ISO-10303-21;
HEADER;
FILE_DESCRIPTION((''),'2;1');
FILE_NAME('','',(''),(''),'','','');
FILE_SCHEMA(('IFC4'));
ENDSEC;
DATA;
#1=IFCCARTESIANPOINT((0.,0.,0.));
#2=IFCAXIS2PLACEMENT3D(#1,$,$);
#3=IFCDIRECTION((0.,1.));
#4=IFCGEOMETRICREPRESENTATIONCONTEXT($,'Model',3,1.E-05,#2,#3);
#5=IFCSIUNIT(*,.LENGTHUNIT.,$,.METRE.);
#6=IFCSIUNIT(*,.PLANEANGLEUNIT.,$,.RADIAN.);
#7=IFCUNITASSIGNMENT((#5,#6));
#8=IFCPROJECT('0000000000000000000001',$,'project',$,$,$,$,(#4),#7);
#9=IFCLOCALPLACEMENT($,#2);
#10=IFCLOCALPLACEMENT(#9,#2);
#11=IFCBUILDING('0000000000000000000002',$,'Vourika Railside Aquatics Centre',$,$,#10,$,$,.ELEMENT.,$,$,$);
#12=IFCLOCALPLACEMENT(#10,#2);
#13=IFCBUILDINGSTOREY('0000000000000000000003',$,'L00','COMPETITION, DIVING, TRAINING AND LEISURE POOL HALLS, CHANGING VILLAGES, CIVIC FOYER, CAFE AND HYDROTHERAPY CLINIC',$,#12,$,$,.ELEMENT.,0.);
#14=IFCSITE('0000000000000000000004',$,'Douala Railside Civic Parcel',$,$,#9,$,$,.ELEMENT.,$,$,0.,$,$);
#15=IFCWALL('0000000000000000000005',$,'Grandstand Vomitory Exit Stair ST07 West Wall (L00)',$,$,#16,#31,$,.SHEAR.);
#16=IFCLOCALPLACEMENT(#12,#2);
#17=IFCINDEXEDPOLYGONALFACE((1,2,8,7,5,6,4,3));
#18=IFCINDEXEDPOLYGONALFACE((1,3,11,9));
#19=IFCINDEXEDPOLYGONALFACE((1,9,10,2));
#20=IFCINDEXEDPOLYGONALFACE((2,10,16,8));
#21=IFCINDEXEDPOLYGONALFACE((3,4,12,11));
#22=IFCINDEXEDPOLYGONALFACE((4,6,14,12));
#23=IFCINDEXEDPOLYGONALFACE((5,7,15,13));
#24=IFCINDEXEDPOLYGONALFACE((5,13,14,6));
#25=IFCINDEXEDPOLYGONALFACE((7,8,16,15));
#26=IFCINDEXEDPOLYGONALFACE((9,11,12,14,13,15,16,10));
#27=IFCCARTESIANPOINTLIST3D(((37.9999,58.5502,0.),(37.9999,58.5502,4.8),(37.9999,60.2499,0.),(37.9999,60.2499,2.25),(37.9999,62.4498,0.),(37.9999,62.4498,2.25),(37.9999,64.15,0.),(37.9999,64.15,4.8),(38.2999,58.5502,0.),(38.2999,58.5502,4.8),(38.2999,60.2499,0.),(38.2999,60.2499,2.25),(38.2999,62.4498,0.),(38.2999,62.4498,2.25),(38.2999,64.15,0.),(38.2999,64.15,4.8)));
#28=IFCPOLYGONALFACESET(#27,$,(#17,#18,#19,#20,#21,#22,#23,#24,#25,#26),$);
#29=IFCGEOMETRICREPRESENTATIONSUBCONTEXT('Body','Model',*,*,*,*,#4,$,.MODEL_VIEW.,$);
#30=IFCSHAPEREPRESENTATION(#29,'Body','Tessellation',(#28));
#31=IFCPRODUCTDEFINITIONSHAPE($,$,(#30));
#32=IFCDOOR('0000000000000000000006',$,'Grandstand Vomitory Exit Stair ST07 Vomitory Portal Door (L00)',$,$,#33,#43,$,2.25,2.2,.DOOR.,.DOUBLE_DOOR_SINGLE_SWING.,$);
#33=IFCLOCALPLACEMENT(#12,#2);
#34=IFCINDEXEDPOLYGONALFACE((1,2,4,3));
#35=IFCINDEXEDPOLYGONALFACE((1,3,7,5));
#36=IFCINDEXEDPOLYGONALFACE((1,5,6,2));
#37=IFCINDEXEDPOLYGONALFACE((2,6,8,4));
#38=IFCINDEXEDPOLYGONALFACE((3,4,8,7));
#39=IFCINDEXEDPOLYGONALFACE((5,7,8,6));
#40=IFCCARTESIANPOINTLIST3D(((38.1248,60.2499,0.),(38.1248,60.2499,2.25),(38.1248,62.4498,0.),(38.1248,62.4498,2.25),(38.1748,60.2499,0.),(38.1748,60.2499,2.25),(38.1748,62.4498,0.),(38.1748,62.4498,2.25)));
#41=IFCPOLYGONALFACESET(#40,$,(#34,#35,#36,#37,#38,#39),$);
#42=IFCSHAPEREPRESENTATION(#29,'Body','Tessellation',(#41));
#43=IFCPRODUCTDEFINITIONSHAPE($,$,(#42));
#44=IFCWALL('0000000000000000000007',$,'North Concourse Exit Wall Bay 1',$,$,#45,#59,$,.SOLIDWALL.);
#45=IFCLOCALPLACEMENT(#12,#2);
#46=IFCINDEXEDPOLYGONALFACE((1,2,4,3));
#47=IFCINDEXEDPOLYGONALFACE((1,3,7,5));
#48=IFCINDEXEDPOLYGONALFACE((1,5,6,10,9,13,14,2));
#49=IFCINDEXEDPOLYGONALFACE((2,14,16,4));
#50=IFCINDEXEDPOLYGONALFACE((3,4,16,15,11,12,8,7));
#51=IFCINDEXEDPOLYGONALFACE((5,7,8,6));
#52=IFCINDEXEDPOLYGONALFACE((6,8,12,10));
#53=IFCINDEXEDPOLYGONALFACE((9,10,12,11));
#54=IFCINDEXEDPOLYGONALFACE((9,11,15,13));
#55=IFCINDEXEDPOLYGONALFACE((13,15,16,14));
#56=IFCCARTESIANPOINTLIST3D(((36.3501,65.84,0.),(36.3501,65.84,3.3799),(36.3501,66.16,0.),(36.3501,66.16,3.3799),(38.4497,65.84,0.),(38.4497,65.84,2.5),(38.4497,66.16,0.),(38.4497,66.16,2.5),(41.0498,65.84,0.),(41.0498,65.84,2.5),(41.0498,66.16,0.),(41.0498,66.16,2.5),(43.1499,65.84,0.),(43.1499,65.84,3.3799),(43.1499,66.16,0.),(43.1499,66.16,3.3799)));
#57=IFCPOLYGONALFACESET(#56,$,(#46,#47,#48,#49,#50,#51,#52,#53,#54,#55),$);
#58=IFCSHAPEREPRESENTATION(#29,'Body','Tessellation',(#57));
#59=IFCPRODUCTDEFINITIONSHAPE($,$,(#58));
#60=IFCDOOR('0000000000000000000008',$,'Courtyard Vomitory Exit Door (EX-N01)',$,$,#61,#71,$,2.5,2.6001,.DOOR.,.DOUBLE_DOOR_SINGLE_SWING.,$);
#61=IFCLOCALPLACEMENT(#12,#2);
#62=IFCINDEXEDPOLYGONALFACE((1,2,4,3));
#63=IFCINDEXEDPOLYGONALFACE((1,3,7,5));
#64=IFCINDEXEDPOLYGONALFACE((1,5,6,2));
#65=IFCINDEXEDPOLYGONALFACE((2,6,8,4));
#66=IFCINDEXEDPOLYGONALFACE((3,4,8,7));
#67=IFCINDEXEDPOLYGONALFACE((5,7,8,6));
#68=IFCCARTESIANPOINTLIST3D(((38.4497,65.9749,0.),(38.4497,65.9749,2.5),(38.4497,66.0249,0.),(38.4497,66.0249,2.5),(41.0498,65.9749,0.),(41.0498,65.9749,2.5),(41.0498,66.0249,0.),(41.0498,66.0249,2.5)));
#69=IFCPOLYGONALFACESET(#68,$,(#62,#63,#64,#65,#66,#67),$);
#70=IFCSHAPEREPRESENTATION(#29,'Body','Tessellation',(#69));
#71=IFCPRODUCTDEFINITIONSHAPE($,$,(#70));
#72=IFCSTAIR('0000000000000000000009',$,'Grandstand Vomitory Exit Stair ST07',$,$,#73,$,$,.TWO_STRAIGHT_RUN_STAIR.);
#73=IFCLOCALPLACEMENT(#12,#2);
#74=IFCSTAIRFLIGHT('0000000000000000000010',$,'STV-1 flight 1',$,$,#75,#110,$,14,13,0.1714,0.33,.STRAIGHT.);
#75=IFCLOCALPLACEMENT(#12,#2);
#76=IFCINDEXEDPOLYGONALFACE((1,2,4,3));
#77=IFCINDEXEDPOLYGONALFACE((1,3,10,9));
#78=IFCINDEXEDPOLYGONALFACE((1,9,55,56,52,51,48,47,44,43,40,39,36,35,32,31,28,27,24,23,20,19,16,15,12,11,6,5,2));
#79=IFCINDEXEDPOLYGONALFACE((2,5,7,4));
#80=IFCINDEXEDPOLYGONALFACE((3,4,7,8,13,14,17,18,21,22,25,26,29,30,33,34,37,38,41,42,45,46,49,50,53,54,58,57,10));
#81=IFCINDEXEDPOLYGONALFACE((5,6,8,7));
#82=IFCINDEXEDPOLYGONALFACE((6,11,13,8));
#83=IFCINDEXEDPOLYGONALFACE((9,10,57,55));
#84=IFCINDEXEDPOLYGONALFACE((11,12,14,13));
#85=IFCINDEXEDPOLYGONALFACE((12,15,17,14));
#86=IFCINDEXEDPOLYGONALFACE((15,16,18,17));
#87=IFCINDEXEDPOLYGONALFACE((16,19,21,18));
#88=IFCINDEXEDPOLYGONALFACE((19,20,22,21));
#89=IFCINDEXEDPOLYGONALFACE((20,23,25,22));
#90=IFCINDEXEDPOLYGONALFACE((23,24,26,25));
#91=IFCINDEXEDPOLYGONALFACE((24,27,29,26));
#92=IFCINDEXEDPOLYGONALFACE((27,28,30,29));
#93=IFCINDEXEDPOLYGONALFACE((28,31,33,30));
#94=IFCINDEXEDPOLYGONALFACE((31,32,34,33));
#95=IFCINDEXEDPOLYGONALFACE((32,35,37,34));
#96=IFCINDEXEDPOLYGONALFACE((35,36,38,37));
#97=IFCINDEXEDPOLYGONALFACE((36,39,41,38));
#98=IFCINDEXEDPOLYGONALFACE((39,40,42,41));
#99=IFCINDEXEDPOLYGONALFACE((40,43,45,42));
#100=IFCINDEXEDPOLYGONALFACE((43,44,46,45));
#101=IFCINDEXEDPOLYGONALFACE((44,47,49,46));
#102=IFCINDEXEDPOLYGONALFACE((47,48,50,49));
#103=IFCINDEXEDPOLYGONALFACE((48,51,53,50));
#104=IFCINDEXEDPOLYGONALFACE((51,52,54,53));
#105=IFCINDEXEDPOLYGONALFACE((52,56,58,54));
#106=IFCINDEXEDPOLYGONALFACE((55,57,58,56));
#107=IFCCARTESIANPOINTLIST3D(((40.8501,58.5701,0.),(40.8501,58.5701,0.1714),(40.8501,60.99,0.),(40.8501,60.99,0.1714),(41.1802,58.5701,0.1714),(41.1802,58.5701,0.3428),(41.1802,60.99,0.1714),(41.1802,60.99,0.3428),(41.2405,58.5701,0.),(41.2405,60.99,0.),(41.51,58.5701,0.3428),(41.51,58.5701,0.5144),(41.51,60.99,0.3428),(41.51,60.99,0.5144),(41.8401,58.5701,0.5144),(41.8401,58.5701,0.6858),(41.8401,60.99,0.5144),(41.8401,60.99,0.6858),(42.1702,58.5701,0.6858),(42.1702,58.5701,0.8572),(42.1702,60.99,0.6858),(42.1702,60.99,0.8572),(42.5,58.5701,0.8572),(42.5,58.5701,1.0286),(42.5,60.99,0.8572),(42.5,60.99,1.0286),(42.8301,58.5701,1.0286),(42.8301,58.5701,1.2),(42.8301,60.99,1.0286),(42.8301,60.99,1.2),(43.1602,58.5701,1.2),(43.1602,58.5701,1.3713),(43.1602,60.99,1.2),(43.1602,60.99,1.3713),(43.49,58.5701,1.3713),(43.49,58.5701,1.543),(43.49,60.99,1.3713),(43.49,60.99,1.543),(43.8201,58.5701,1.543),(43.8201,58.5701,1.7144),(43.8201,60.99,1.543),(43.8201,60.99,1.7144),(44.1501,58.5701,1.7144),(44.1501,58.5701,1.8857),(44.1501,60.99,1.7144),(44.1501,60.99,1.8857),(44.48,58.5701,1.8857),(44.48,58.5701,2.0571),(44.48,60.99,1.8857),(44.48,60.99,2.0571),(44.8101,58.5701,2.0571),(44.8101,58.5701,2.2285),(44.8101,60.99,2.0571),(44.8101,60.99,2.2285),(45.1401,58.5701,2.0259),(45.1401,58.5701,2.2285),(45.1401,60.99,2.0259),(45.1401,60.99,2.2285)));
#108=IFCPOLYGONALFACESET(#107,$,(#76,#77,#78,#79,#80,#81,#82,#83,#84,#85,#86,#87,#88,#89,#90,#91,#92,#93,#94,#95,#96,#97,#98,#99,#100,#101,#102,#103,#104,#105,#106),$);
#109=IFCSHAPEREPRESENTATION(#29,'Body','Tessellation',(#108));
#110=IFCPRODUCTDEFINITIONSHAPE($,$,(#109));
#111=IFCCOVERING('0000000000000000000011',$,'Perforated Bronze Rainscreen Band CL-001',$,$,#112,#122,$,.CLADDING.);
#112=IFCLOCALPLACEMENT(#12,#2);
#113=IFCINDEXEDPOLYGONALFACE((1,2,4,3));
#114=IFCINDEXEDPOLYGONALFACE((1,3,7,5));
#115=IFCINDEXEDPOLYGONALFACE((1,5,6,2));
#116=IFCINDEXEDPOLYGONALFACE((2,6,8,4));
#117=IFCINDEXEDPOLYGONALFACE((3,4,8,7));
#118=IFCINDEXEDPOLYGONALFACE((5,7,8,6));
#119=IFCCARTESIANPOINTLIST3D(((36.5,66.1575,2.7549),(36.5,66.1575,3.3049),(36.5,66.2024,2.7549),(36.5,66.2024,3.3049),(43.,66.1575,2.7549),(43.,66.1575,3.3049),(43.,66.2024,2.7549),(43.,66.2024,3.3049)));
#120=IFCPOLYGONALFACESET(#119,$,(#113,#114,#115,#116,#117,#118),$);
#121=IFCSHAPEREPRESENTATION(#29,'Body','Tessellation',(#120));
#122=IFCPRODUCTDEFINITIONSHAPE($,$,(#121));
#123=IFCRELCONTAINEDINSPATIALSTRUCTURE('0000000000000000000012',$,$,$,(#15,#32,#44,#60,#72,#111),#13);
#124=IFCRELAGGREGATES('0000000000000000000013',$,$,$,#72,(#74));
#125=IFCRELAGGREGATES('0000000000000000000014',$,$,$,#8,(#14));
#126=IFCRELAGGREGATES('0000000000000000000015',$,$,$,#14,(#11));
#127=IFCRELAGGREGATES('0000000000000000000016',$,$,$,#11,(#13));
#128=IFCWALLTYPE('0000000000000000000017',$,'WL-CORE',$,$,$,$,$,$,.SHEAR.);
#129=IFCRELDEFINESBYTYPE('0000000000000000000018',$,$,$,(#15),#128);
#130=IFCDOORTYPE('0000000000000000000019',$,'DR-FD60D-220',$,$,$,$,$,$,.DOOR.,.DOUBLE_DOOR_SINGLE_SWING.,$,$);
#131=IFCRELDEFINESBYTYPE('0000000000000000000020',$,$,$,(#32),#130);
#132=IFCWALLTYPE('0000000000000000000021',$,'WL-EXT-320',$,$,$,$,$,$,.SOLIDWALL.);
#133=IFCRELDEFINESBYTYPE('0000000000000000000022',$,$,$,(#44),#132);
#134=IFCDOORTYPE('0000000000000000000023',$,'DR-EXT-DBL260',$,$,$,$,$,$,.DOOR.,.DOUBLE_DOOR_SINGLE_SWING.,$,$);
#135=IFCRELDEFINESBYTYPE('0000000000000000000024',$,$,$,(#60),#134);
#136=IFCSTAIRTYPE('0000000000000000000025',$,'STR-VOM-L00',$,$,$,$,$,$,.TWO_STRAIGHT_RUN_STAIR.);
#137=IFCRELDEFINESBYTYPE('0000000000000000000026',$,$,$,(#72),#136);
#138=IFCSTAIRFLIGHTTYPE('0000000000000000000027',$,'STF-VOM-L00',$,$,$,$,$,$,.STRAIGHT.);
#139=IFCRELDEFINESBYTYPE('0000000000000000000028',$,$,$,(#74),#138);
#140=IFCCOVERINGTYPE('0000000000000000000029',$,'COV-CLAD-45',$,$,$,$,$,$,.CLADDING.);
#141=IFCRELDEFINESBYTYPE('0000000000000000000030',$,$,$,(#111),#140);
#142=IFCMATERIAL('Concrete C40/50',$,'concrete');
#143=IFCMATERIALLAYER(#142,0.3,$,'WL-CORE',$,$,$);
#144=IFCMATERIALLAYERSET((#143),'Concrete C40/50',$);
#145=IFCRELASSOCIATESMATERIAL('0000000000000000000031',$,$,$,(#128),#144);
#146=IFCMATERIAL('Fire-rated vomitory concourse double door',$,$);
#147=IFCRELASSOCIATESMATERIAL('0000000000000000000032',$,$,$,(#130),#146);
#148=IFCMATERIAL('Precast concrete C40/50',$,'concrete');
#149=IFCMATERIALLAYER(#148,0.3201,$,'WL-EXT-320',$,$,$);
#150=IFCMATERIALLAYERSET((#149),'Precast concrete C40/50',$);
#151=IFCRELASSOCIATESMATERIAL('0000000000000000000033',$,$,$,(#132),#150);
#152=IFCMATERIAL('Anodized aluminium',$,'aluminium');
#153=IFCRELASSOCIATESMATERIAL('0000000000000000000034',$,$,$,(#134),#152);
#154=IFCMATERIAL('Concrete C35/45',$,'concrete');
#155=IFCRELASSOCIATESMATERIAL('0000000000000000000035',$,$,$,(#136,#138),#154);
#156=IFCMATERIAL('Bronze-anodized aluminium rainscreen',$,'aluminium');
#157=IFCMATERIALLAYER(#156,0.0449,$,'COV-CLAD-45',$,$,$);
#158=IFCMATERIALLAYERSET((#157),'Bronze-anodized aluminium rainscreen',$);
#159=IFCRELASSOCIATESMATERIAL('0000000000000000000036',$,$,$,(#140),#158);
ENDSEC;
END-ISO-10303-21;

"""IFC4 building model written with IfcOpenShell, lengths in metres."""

from ifc_helpers import new_model, si_unit, direction, frame, frame_2d, origin, origin_2d, place, context, subcontext, project, spatial, polyline, rectangle, outline, extrude, material, layer, layer_set, type_object, element, fill, aggregate, save


model = new_model("IFC4")

# Units and contexts
model_context = context("Model", 3, precision=1e-05, world=origin(), true_north=direction((0.0, 1.0)))
body_context = subcontext(model_context, "Body", "Model", "MODEL_VIEW")
ifc_project = project(units=[si_unit("LENGTHUNIT", "METRE"), si_unit("PLANEANGLEUNIT", "RADIAN")], contexts=[model_context])

# Site, building, storey
site_placement = place(None, origin())
site = spatial("IfcSite", under=ifc_project, at=site_placement, Name="Douala Railside Civic Parcel", CompositionType="ELEMENT", RefElevation=0.0)
building_placement = place(site_placement, origin())
building = spatial("IfcBuilding", under=site, at=building_placement, Name="Vourika Railside Aquatics Centre", CompositionType="ELEMENT")
storey_placement = place(building_placement, origin())
storey = spatial("IfcBuildingStorey", under=building, at=storey_placement, Name="L00", Description="COMPETITION, DIVING, TRAINING AND LEISURE POOL HALLS, CHANGING VILLAGES, CIVIC FOYER, CAFE AND HYDROTHERAPY CLINIC", CompositionType="ELEMENT", Elevation=0.0)

# Shared definitions
ifc_material_1 = material(Name="Concrete C35/45", Category="concrete")
ifc_material_2 = material(Name="Concrete C40/50", Category="concrete")

# Shared definitions
ifc_layer_1 = layer(ifc_material_2, 0.3, Name="WL-CORE")
ifc_layer_set_1 = layer_set([ifc_layer_1], Name="Concrete C40/50")
wall_type_1 = type_object("IfcWallType", Name="WL-CORE", PredefinedType="SHEAR", material=ifc_layer_set_1)

# Walls, openings, doors
wall_1_placement = place(storey_placement, frame((38.1499, 64.1499, 0.0), z_axis=(0.0, 0.0, 1.0), x_axis=(0.0, -1.0, 0.0)))
wall_1 = element("IfcWall", 1, at=wall_1_placement, inside=storey, type_object=wall_type_1, Name="Grandstand Vomitory Exit Stair ST07 West Wall (L00)", PredefinedType="SHEAR", context=body_context, shape_type="SweptSolid", body=[
    extrude(rectangle(XDim=5.5999, YDim=0.3, at=frame_2d((2.7998, 0.0))), origin(), (0.0, 0.0, 1.0), 4.8),
])
opening_1_placement = place(wall_1_placement, frame((1.7, 0.0, 0.0)))
opening_1 = element("IfcOpeningElement", 2, at=opening_1_placement, cuts=wall_1, PredefinedType="OPENING", context=body_context, shape_type="SweptSolid", body=[
    extrude(rectangle(XDim=2.2, YDim=2.25, at=frame_2d((1.1001, 1.125))), frame((0.0, 0.1602, 0.0), z_axis=(0.0, -1.0, 0.0), x_axis=(1.0, 0.0, 0.0)), (0.0, 0.0, 1.0), 0.3201),
])
ifc_material_3 = material(Name="Fire-rated vomitory concourse double door")
door_type_1 = type_object("IfcDoorType", Name="DR-FD60D-220", OperationType="DOUBLE_DOOR_SINGLE_SWING", PredefinedType="DOOR", material=ifc_material_3)
door_1_placement = place(opening_1_placement, origin())
door_1 = element("IfcDoor", 3, at=door_1_placement, inside=storey, type_object=door_type_1, Name="Grandstand Vomitory Exit Stair ST07 Vomitory Portal Door (L00)", OperationType="DOUBLE_DOOR_SINGLE_SWING", OverallHeight=2.25, OverallWidth=2.2, PredefinedType="DOOR", context=body_context, shape_type="SweptSolid", body=[
    extrude(rectangle(XDim=2.2, YDim=2.25, at=frame_2d((1.1001, 1.125))), frame((0.0, 0.0249, 0.0), z_axis=(0.0, -1.0, 0.0), x_axis=(1.0, 0.0, 0.0)), (0.0, 0.0, 1.0), 0.05),
])
fill(opening_1, door_1)
ifc_material_4 = material(Name="Precast concrete C40/50", Category="concrete")
ifc_layer_2 = layer(ifc_material_4, 0.3201, Name="WL-EXT-320")
ifc_layer_set_2 = layer_set([ifc_layer_2], Name="Precast concrete C40/50")
wall_type_2 = type_object("IfcWallType", Name="WL-EXT-320", PredefinedType="SOLIDWALL", material=ifc_layer_set_2)
wall_2_placement = place(storey_placement, frame((43.1499, 66.0, 0.0), z_axis=(0.0, 0.0, 1.0), x_axis=(-1.0, 0.0, 0.0)))
wall_2 = element("IfcWall", 4, at=wall_2_placement, inside=storey, type_object=wall_type_2, Name="North Concourse Exit Wall Bay 1", PredefinedType="SOLIDWALL", context=body_context, shape_type="SweptSolid", body=[
    extrude(rectangle(XDim=6.7998, YDim=0.3201, at=frame_2d((3.3999, 0.0))), origin(), (0.0, 0.0, 1.0), 3.3799),
])
opening_2_placement = place(wall_2_placement, frame((2.1001, 0.0, 0.0)))
opening_2 = element("IfcOpeningElement", 5, at=opening_2_placement, cuts=wall_2, PredefinedType="OPENING", context=body_context, shape_type="SweptSolid", body=[
    extrude(rectangle(XDim=2.6001, YDim=2.5, at=frame_2d((1.3, 1.25))), frame((0.0, 0.1699, 0.0), z_axis=(0.0, -1.0, 0.0), x_axis=(1.0, 0.0, 0.0)), (0.0, 0.0, 1.0), 0.3401),
])
ifc_material_5 = material(Name="Anodized aluminium", Category="aluminium")
door_type_2 = type_object("IfcDoorType", Name="DR-EXT-DBL260", OperationType="DOUBLE_DOOR_SINGLE_SWING", PredefinedType="DOOR", material=ifc_material_5)
door_2_placement = place(opening_2_placement, frame((2.6001, 0.0, 0.0), z_axis=(0.0, 0.0, 1.0), x_axis=(-1.0, 0.0, 0.0)))
door_2 = element("IfcDoor", 6, at=door_2_placement, inside=storey, type_object=door_type_2, Name="Courtyard Vomitory Exit Door (EX-N01)", OperationType="DOUBLE_DOOR_SINGLE_SWING", OverallHeight=2.5, OverallWidth=2.6001, PredefinedType="DOOR", context=body_context, shape_type="SweptSolid", body=[
    extrude(rectangle(XDim=2.6001, YDim=2.5, at=frame_2d((1.3, 1.25))), frame((0.0, 0.0249, 0.0), z_axis=(0.0, -1.0, 0.0), x_axis=(1.0, 0.0, 0.0)), (0.0, 0.0, 1.0), 0.05),
])
fill(opening_2, door_2)

# Stair, stair flight
stair_type = type_object("IfcStairType", Name="STR-VOM-L00", PredefinedType="TWO_STRAIGHT_RUN_STAIR", material=ifc_material_1)
stair_placement = place(storey_placement, origin())
stair = element("IfcStair", 7, at=stair_placement, inside=storey, type_object=stair_type, Name="Grandstand Vomitory Exit Stair ST07", PredefinedType="TWO_STRAIGHT_RUN_STAIR")
stair_flight_type = type_object("IfcStairFlightType", Name="STF-VOM-L00", PredefinedType="STRAIGHT", material=ifc_material_1)
stair_flight_placement = place(storey_placement, frame((40.8501, 59.78, 0.0), z_axis=(0.0, 0.0, 1.0), x_axis=(1.0, 0.0, 0.0)))
stair_flight = element("IfcStairFlight", 8, at=stair_flight_placement, type_object=stair_flight_type, Name="STV-1 flight 1", NumberOfRisers=14, NumberOfTreads=13, PredefinedType="STRAIGHT", RiserHeight=0.1714, TreadLength=0.33, context=body_context, shape_type="SweptSolid", body=[
    extrude(outline(polyline([(0.0, 0.0), (0.0, 0.1714), (0.3301, 0.1714), (0.3301, 0.3428), (0.6599, 0.3428), (0.6599, 0.5144), (0.99, 0.5144), (0.99, 0.6858), (1.3201, 0.6858), (1.3201, 0.8572), (1.6499, 0.8572), (1.6499, 1.0286), (1.98, 1.0286), (1.98, 1.2), (2.3101, 1.2), (2.3101, 1.3713), (2.6399, 1.3713), (2.6399, 1.543), (2.97, 1.543), (2.97, 1.7144), (3.3, 1.7144), (3.3, 1.8857), (3.6299, 1.8857), (3.6299, 2.0571), (3.96, 2.0571), (3.96, 2.2285), (4.29, 2.2285), (4.29, 2.3999), (4.29, 2.0259), (0.3904, 0.0), (0.0, 0.0)])), frame((0.0, 1.21, 0.0), z_axis=(0.0, -1.0, 0.0), x_axis=(1.0, 0.0, 0.0)), (0.0, 0.0, 1.0), 2.4199),
])
aggregate(stair, [stair_flight])

# Covering
ifc_material_6 = material(Name="Bronze-anodized aluminium rainscreen", Category="aluminium")
ifc_layer_3 = layer(ifc_material_6, 0.0449, Name="COV-CLAD-45")
ifc_layer_set_3 = layer_set([ifc_layer_3], Name="Bronze-anodized aluminium rainscreen")
covering_type = type_object("IfcCoveringType", Name="COV-CLAD-45", PredefinedType="CLADDING", material=ifc_layer_set_3)
covering_placement = place(storey_placement, frame((39.75, 66.1799, 2.7549), z_axis=(0.0, 0.0, 1.0), x_axis=(-1.0, 0.0, 0.0)))
element("IfcCovering", 9, at=covering_placement, inside=storey, type_object=covering_type, Name="Perforated Bronze Rainscreen Band CL-001", PredefinedType="CLADDING", context=body_context, shape_type="SweptSolid", body=[
    extrude(rectangle(XDim=6.5, YDim=0.0449, at=origin_2d()), origin(), (0.0, 0.0, 1.0), 0.55),
])

save(model, "model.ifc")
